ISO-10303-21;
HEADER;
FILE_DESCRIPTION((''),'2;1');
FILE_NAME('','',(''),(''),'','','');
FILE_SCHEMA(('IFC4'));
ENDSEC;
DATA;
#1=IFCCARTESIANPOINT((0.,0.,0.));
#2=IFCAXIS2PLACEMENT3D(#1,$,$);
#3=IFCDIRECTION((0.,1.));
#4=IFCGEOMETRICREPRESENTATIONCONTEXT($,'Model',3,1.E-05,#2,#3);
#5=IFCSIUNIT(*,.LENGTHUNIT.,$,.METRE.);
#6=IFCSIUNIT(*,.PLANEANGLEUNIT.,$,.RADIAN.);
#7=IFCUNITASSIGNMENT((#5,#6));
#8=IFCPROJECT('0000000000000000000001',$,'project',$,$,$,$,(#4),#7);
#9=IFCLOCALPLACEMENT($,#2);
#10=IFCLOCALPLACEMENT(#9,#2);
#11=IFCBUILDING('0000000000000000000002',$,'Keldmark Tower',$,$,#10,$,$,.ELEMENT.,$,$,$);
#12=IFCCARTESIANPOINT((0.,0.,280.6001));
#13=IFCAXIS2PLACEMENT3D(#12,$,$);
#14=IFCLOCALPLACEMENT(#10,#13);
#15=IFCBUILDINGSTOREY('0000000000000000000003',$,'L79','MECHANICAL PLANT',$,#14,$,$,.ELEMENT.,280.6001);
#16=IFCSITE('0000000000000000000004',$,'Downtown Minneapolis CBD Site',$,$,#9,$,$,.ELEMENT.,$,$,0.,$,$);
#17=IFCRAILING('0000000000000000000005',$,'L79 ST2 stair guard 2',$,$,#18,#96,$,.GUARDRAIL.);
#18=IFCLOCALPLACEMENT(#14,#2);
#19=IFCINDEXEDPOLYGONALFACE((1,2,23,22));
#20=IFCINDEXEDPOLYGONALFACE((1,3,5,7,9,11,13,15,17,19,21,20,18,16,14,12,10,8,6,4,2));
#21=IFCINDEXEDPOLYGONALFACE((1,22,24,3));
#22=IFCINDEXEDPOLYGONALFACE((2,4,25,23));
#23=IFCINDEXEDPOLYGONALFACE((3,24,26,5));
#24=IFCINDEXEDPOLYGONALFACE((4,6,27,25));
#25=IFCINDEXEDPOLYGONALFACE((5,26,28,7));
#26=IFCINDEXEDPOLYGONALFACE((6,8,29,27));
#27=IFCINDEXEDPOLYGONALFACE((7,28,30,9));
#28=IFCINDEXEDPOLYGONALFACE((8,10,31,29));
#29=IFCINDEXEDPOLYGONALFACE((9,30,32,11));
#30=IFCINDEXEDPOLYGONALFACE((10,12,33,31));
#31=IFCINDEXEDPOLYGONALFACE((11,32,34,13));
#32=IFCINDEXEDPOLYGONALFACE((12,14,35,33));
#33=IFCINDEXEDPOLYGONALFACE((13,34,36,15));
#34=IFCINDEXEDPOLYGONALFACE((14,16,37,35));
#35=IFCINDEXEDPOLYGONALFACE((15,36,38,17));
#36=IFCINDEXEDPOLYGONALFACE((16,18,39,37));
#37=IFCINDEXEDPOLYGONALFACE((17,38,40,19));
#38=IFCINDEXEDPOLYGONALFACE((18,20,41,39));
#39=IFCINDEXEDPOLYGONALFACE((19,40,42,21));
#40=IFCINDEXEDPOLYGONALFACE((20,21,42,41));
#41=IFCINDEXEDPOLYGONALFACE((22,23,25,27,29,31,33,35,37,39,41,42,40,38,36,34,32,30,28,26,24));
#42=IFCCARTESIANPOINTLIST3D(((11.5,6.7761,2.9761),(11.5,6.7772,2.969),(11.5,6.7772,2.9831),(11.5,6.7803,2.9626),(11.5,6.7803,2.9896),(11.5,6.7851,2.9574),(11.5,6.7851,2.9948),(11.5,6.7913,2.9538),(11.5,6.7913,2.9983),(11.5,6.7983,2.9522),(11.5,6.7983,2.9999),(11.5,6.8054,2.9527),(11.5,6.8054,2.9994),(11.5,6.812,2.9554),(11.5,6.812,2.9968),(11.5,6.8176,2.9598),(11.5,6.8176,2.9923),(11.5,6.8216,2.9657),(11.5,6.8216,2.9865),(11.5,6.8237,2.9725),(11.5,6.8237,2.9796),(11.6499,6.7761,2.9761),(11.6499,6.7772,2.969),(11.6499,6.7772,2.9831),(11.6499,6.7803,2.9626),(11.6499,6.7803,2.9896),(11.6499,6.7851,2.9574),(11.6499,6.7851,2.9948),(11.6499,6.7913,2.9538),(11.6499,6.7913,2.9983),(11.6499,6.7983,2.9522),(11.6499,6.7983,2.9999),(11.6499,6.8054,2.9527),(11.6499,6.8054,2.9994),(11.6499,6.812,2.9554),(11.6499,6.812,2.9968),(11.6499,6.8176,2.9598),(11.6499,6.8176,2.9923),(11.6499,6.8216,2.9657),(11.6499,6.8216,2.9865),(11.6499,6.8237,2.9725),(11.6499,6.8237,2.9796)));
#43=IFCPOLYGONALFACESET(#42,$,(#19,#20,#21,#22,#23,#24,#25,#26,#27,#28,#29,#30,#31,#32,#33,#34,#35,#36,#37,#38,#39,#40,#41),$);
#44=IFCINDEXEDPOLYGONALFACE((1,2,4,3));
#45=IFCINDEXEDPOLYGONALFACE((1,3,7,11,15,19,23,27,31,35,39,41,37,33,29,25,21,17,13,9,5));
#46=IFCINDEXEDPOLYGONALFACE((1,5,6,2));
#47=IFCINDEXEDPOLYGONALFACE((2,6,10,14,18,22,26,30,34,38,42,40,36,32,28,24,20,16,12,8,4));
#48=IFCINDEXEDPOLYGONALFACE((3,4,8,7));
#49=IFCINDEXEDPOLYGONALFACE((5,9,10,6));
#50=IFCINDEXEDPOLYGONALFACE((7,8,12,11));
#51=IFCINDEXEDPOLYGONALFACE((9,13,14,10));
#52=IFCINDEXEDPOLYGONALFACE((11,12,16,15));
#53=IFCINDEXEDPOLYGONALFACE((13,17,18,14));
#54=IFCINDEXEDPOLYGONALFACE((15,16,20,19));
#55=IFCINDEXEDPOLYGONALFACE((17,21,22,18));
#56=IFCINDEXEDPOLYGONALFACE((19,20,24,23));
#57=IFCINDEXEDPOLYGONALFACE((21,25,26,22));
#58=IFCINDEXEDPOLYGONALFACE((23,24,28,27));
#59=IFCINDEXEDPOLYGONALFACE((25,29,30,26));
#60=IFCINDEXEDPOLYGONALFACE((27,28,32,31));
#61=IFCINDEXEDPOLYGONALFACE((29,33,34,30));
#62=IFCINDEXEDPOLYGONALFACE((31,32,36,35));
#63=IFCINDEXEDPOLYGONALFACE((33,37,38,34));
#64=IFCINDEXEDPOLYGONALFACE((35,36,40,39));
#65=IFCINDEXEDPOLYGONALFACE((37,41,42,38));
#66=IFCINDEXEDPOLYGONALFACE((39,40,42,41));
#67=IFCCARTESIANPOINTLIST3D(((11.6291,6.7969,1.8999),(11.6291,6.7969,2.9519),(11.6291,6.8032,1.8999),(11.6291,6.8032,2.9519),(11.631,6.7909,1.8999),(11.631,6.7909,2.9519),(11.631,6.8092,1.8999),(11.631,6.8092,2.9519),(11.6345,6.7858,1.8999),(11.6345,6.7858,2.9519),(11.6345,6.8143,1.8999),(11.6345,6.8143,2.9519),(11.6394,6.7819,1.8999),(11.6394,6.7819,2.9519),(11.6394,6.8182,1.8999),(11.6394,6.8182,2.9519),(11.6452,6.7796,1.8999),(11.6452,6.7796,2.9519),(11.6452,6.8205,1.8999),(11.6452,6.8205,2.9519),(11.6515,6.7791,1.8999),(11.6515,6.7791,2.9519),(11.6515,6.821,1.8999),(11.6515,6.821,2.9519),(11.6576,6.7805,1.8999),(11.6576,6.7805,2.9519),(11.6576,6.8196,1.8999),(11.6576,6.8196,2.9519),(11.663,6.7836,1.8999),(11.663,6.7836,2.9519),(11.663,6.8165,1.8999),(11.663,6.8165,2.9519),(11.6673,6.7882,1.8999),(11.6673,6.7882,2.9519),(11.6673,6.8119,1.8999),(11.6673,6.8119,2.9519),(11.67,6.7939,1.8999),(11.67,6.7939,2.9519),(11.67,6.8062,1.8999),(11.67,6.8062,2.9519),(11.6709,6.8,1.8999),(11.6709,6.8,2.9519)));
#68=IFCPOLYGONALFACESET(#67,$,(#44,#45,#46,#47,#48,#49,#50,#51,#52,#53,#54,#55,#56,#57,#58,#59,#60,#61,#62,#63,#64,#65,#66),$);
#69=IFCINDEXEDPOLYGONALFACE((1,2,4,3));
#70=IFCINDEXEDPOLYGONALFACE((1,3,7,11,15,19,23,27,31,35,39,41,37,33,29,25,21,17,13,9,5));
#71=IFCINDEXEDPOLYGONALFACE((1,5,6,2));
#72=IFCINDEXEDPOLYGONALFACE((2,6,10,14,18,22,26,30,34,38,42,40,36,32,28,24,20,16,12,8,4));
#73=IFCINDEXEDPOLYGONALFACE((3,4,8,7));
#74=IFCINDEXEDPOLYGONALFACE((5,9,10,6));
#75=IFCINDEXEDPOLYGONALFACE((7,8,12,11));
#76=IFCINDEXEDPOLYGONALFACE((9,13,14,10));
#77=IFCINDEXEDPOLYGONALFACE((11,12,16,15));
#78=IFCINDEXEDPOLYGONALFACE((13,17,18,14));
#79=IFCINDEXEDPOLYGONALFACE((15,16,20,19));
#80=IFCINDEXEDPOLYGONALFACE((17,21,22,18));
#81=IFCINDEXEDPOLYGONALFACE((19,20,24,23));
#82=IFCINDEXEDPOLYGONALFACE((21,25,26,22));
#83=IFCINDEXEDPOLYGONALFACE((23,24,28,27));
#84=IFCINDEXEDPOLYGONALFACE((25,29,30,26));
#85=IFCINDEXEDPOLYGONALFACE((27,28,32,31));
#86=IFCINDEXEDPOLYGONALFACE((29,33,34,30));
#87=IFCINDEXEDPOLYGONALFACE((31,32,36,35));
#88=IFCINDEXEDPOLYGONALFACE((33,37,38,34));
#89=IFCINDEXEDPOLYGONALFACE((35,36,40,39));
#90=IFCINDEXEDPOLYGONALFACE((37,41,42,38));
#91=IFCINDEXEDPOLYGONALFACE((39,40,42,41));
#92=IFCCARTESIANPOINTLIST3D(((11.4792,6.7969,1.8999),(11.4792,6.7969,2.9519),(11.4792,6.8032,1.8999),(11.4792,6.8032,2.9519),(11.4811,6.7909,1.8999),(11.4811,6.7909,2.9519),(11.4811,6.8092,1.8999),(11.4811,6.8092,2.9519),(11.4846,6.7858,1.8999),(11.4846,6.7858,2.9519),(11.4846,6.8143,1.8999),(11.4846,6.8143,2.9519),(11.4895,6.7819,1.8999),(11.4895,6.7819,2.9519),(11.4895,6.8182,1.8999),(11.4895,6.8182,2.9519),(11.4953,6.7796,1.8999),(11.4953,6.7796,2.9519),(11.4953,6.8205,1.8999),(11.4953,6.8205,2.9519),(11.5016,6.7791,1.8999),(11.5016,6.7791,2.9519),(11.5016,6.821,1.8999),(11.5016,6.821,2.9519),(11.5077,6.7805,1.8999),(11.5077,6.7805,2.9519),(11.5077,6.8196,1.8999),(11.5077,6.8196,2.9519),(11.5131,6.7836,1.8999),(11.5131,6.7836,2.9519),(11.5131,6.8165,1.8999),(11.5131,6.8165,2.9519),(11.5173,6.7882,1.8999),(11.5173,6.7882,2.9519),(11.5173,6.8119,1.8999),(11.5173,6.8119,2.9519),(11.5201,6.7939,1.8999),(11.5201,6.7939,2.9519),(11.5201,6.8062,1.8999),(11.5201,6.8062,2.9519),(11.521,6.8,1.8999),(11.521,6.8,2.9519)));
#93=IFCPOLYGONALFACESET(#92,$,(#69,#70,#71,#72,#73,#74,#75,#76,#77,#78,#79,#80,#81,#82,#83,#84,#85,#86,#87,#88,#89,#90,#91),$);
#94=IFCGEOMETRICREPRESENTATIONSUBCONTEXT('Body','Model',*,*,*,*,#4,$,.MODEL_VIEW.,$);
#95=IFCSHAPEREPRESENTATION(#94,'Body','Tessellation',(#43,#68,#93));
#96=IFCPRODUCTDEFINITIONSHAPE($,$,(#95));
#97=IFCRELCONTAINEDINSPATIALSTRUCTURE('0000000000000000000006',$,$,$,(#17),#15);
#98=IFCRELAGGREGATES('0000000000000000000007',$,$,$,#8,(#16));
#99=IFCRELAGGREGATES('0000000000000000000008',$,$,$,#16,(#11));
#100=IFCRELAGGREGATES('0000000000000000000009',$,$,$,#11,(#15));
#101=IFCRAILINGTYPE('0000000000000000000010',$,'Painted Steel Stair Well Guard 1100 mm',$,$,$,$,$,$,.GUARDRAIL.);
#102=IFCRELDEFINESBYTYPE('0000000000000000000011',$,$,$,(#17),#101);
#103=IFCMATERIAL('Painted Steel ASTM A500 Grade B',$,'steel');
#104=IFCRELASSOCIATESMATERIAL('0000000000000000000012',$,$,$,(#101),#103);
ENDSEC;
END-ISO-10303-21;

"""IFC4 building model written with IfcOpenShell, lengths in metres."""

from ifc_helpers import new_model, si_unit, direction, frame, origin, origin_2d, place, context, subcontext, project, spatial, circle, extrude, material, type_object, element, save


model = new_model("IFC4")

# Units and contexts
model_context = context("Model", 3, precision=1e-05, world=origin(), true_north=direction((0.0, 1.0)))
body_context = subcontext(model_context, "Body", "Model", "MODEL_VIEW")
ifc_project = project(units=[si_unit("LENGTHUNIT", "METRE"), si_unit("PLANEANGLEUNIT", "RADIAN")], contexts=[model_context])

# Site, building, storey
site_placement = place(None, origin())
site = spatial("IfcSite", under=ifc_project, at=site_placement, Name="Downtown Minneapolis CBD Site", CompositionType="ELEMENT", RefElevation=0.0)
building_placement = place(site_placement, origin())
building = spatial("IfcBuilding", under=site, at=building_placement, Name="Keldmark Tower", CompositionType="ELEMENT")
storey_placement = place(building_placement, frame((0.0, 0.0, 280.6001)))
storey = spatial("IfcBuildingStorey", under=building, at=storey_placement, Name="L79", Description="MECHANICAL PLANT", CompositionType="ELEMENT", Elevation=280.6001)

# Railing
ifc_material_1 = material(Name="Painted Steel ASTM A500 Grade B", Category="steel")
railing_type_1 = type_object("IfcRailingType", Name="Painted Steel Stair Well Guard 1100 mm", PredefinedType="GUARDRAIL", material=ifc_material_1)
railing_1_placement = place(storey_placement, frame((11.6499, 6.8, 1.8999)))
element("IfcRailing", 1, at=railing_1_placement, inside=storey, type_object=railing_type_1, Name="L79 ST2 stair guard 2", PredefinedType="GUARDRAIL", context=body_context, shape_type="SweptSolid", body=[
    extrude(circle(Radius=0.0239, at=origin_2d()), frame((0.0, 0.0, 1.0762), z_axis=(-1.0, 0.0, 0.0), x_axis=(0.0, -1.0, 0.0)), (0.0, 0.0, 1.0), 0.1499),
    extrude(circle(Radius=0.021, at=origin_2d()), origin(), (0.0, 0.0, 1.0), 1.052),
    extrude(circle(Radius=0.021, at=origin_2d()), frame((-0.1499, 0.0, 0.0)), (0.0, 0.0, 1.0), 1.052),
])

save(model, "model.ifc")
